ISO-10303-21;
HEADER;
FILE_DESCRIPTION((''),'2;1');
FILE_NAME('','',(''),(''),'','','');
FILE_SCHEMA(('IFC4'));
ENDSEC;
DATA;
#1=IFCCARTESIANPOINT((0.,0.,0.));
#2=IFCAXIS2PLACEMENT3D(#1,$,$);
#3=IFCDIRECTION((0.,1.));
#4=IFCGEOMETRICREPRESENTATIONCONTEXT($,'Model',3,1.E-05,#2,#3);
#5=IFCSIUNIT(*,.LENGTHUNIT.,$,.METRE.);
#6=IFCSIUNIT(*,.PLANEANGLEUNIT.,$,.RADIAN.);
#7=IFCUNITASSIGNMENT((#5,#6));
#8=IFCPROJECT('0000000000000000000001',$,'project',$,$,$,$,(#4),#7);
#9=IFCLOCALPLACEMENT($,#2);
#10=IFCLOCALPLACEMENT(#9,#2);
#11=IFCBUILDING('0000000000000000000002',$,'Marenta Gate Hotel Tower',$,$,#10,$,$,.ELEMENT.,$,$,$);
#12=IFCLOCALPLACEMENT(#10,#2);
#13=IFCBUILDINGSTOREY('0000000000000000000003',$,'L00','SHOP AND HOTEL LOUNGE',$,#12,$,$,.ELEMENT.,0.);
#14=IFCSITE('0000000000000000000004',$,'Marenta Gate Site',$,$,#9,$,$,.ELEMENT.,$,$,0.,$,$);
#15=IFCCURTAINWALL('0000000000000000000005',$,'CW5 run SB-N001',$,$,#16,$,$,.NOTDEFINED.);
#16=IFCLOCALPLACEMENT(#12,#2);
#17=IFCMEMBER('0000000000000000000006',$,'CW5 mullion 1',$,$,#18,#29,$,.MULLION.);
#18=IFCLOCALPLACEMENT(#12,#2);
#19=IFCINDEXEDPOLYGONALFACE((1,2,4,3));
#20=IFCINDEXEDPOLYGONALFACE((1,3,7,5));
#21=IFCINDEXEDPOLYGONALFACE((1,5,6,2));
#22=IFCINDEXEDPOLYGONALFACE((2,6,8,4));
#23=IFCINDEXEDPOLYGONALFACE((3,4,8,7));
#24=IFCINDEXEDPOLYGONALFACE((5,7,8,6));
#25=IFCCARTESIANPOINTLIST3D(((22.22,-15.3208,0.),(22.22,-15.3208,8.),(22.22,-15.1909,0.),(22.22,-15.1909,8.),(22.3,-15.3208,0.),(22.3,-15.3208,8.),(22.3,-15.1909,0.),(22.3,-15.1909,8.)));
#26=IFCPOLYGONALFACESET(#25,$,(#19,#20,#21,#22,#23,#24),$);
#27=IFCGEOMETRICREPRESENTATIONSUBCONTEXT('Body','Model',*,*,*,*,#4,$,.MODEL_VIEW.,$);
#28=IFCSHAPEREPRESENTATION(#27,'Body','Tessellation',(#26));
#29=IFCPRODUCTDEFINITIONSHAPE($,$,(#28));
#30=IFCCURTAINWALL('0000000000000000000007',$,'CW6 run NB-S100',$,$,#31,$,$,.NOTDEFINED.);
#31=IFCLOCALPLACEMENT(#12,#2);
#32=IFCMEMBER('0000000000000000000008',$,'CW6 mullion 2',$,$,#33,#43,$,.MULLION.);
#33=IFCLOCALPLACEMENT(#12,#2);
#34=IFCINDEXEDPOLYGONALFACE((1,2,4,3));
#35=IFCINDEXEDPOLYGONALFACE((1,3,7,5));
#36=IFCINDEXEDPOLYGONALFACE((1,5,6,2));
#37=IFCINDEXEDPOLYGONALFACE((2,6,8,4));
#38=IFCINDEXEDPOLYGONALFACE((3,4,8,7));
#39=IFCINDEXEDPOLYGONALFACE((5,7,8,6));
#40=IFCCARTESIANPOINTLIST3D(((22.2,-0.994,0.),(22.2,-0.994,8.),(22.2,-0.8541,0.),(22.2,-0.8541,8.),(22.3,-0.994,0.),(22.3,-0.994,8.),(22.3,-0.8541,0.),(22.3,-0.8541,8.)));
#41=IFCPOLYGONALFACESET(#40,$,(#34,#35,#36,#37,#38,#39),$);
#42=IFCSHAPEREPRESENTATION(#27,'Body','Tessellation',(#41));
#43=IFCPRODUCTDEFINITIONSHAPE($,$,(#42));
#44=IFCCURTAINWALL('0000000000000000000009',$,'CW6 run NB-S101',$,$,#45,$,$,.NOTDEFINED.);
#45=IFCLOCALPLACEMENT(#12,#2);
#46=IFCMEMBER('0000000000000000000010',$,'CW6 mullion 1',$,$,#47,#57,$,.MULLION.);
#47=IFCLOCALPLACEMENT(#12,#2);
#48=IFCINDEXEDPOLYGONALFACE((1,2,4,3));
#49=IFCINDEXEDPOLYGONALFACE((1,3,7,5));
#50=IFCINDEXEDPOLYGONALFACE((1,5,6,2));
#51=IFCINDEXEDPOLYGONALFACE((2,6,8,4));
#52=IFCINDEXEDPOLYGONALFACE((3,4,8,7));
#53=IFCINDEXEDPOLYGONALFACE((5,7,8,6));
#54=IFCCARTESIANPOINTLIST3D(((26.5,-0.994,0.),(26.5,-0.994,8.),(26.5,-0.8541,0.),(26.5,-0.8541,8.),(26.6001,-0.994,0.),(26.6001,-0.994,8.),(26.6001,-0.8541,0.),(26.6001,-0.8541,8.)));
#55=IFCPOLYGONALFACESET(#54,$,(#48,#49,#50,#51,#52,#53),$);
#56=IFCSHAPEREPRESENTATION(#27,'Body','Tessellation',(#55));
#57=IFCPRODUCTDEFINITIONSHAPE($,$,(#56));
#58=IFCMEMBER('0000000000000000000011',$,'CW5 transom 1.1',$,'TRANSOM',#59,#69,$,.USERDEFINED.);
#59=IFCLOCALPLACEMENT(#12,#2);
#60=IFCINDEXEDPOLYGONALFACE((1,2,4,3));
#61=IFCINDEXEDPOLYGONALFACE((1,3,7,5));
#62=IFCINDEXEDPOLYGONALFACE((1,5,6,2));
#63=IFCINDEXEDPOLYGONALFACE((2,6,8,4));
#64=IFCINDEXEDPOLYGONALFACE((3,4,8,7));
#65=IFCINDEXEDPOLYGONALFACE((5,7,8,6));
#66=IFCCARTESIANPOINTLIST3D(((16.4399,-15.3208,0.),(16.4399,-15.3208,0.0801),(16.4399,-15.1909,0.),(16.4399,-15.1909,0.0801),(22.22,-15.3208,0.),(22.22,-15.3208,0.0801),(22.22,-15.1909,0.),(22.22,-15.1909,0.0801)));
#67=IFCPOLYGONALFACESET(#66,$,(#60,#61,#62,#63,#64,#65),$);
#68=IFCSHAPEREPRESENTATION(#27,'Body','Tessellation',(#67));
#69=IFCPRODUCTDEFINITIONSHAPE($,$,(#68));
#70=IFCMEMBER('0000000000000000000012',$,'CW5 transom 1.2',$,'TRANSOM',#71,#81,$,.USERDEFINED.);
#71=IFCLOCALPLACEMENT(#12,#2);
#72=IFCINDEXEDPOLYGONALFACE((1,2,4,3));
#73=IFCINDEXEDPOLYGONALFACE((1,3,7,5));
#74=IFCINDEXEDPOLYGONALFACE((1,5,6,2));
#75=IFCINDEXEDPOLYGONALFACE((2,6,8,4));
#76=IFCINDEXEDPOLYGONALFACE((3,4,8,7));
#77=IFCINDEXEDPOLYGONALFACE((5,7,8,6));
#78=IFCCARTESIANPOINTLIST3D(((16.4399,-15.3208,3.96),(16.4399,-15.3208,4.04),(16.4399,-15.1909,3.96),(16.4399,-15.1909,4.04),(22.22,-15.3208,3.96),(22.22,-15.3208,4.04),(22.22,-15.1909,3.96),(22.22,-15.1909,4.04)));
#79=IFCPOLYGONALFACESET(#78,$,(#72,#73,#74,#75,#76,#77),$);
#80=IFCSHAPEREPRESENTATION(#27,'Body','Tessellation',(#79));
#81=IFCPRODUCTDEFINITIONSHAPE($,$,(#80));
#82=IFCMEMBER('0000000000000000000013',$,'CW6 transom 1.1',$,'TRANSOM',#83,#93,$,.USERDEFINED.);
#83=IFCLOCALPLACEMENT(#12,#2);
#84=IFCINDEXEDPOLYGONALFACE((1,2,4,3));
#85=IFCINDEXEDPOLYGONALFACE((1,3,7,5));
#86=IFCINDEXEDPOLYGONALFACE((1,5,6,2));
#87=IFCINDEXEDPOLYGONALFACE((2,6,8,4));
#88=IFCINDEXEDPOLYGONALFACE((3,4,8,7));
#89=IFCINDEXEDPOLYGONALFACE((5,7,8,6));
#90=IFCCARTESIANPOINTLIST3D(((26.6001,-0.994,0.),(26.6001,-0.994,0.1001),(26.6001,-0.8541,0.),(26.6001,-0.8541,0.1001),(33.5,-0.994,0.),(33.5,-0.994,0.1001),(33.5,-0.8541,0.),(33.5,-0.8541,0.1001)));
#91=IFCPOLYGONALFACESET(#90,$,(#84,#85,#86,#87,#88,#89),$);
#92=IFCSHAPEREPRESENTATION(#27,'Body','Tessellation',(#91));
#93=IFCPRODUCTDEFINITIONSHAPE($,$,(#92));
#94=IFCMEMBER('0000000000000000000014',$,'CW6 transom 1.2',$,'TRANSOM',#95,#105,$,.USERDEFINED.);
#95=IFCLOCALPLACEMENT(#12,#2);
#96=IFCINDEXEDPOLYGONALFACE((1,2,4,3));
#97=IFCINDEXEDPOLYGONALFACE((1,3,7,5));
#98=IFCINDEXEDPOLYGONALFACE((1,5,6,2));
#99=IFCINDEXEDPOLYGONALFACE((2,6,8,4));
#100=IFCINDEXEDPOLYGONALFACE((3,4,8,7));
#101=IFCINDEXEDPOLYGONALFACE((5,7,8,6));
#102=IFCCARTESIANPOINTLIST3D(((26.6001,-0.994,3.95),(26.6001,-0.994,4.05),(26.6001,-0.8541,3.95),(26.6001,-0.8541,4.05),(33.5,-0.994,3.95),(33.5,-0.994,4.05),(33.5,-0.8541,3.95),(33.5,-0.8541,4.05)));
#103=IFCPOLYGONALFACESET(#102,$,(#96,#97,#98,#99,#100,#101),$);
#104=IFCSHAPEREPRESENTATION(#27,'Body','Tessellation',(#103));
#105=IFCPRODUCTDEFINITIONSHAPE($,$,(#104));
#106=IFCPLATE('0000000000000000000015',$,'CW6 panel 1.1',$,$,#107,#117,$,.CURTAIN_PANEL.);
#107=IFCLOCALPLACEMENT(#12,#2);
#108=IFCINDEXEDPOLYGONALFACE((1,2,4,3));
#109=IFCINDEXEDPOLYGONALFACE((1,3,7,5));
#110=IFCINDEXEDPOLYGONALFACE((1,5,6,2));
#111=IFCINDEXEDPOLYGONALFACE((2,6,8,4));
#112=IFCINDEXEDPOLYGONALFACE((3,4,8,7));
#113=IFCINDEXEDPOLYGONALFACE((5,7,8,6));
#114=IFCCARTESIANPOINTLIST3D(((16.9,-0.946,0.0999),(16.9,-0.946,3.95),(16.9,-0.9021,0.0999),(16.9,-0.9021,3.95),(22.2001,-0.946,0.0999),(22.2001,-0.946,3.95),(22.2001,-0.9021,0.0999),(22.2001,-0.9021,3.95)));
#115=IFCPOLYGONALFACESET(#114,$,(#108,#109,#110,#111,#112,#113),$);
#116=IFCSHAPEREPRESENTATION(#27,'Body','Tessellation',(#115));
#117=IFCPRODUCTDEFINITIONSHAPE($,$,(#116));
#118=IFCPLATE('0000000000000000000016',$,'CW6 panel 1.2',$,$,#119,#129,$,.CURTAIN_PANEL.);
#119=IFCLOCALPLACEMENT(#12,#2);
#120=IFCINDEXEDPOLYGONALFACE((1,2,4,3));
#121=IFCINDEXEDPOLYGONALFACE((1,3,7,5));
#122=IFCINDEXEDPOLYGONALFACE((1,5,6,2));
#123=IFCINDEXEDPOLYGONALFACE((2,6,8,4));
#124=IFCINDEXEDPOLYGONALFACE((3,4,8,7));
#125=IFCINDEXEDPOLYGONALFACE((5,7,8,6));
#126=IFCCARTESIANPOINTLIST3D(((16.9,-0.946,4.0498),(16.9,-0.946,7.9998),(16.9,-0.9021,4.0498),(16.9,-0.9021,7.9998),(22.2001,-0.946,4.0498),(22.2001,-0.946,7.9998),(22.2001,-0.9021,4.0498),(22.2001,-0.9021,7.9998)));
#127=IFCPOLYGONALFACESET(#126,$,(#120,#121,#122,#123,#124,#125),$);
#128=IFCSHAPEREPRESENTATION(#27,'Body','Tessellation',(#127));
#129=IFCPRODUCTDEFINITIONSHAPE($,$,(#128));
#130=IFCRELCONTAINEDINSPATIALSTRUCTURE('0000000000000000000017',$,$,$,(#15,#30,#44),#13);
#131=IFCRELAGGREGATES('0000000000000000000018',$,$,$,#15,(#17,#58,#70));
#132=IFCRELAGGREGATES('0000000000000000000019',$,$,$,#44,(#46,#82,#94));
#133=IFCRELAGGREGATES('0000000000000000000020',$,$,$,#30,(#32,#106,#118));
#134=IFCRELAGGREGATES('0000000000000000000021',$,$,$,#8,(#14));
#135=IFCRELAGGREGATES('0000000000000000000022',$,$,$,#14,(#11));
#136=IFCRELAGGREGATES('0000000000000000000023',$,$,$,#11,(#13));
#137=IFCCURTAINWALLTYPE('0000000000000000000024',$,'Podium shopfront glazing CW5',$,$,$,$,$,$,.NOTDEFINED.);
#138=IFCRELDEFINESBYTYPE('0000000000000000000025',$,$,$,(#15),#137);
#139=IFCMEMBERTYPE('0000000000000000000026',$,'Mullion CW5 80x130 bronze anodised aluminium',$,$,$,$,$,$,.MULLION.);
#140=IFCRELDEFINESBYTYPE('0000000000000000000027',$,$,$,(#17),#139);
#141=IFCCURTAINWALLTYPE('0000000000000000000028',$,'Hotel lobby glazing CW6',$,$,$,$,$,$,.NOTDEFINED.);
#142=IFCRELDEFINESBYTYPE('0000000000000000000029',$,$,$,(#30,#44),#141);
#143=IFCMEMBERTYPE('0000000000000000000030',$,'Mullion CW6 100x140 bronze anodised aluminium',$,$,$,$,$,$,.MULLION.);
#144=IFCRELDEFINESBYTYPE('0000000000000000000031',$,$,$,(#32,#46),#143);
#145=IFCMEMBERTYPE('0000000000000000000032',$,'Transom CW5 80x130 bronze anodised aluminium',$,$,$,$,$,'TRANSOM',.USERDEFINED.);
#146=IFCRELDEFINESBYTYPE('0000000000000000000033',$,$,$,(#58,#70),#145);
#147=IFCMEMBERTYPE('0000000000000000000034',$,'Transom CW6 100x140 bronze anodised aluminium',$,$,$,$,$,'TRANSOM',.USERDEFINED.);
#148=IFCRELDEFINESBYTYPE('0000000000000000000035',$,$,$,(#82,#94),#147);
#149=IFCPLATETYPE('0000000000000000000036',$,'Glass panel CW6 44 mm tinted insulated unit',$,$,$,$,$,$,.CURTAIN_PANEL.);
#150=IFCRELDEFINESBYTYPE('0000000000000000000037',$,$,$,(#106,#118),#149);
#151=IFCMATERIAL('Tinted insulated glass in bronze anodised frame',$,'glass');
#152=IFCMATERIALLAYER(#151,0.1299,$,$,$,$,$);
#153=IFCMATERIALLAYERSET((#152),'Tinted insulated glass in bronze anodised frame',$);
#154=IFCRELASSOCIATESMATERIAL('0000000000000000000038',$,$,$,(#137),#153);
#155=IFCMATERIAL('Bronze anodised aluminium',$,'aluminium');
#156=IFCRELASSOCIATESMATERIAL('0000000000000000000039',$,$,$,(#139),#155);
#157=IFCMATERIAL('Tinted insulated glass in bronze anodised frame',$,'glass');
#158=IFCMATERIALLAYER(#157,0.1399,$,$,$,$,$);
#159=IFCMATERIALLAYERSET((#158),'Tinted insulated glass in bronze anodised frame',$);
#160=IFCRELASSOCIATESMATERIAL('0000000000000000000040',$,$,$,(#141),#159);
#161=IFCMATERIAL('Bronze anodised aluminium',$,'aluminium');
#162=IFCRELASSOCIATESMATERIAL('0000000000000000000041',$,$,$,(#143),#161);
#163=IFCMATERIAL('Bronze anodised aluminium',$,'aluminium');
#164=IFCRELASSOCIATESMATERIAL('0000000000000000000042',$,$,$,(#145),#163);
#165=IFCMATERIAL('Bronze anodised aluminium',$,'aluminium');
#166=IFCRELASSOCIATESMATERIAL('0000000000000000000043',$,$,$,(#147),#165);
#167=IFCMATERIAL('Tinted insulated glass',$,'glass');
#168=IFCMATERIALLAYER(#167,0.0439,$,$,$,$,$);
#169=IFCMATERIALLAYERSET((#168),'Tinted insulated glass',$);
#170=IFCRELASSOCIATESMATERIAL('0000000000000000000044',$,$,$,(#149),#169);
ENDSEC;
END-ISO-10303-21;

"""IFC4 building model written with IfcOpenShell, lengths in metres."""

from ifc_helpers import new_model, si_unit, direction, frame, origin, origin_2d, place, context, subcontext, project, spatial, rectangle, extrude, material, layer, layer_set, material_profile, profile_set, type_object, element, aggregate, save


model = new_model("IFC4")

# Units and contexts
model_context = context("Model", 3, precision=1e-05, world=origin(), true_north=direction((0.0, 1.0)))
body_context = subcontext(model_context, "Body", "Model", "MODEL_VIEW")
ifc_project = project(units=[si_unit("LENGTHUNIT", "METRE"), si_unit("PLANEANGLEUNIT", "RADIAN")], contexts=[model_context])

# Site, building, storey
site_placement = place(None, origin())
site = spatial("IfcSite", under=ifc_project, at=site_placement, Name="Marenta Gate Site", CompositionType="ELEMENT", RefElevation=0.0)
building_placement = place(site_placement, origin())
building = spatial("IfcBuilding", under=site, at=building_placement, Name="Marenta Gate Hotel Tower", CompositionType="ELEMENT")
storey_placement = place(building_placement, origin())
storey = spatial("IfcBuildingStorey", under=building, at=storey_placement, Name="L00", Description="SHOP AND HOTEL LOUNGE", CompositionType="ELEMENT", Elevation=0.0)

# Curtain walls, members
ifc_material_1 = material(Name="Tinted insulated glass in bronze anodised frame", Category="glass")
ifc_layer_1 = layer(ifc_material_1, 0.1299)
ifc_layer_set_1 = layer_set([ifc_layer_1], Name="Tinted insulated glass in bronze anodised frame")
curtain_wall_type_1 = type_object("IfcCurtainWallType", Name="Podium shopfront glazing CW5", PredefinedType="NOTDEFINED", material=ifc_layer_set_1)
ifc_material_2 = material(Name="Bronze anodised aluminium", Category="aluminium")
ifc_material_profile_1 = material_profile(ifc_material_2, rectangle(XDim=0.1299, YDim=0.0801, at=origin_2d()), Name="Mullion CW5 80x130 bronze anodised aluminium")
ifc_profile_set_1 = profile_set([ifc_material_profile_1], Name="Bronze anodised aluminium")
member_type_1 = type_object("IfcMemberType", Name="Mullion CW5 80x130 bronze anodised aluminium", PredefinedType="MULLION", material=ifc_profile_set_1)
curtain_wall_1_placement = place(storey_placement, origin())
curtain_wall_1 = element("IfcCurtainWall", 1, at=curtain_wall_1_placement, inside=storey, type_object=curtain_wall_type_1, Name="CW5 run SB-N001", PredefinedType="NOTDEFINED")
member_1_placement = place(storey_placement, frame((22.26, -15.2559, 0.0), z_axis=(0.0, 0.0, 1.0), x_axis=(0.0, -1.0, 0.0)))
member_1 = element("IfcMember", 2, at=member_1_placement, type_object=member_type_1, Name="CW5 mullion 1", PredefinedType="MULLION", context=body_context, shape_type="SweptSolid", body=[
    extrude(rectangle(XDim=0.1299, YDim=0.0801, at=origin_2d()), origin(), (0.0, 0.0, 1.0), 8.0),
])
ifc_material_3 = material(Name="Tinted insulated glass in bronze anodised frame", Category="glass")
ifc_layer_2 = layer(ifc_material_3, 0.1399)
ifc_layer_set_2 = layer_set([ifc_layer_2], Name="Tinted insulated glass in bronze anodised frame")
curtain_wall_type_2 = type_object("IfcCurtainWallType", Name="Hotel lobby glazing CW6", PredefinedType="NOTDEFINED", material=ifc_layer_set_2)
curtain_wall_2_placement = place(storey_placement, origin())
curtain_wall_2 = element("IfcCurtainWall", 3, at=curtain_wall_2_placement, inside=storey, type_object=curtain_wall_type_2, Name="CW6 run NB-S100", PredefinedType="NOTDEFINED")
ifc_material_4 = material(Name="Bronze anodised aluminium", Category="aluminium")
ifc_material_profile_2 = material_profile(ifc_material_4, rectangle(XDim=0.1399, YDim=0.1001, at=origin_2d()), Name="Mullion CW6 100x140 bronze anodised aluminium")
ifc_profile_set_2 = profile_set([ifc_material_profile_2], Name="Bronze anodised aluminium")
member_type_2 = type_object("IfcMemberType", Name="Mullion CW6 100x140 bronze anodised aluminium", PredefinedType="MULLION", material=ifc_profile_set_2)
member_2_placement = place(storey_placement, frame((22.25, -0.9241, 0.0), z_axis=(0.0, 0.0, 1.0), x_axis=(0.0, 1.0, 0.0)))
member_2 = element("IfcMember", 4, at=member_2_placement, type_object=member_type_2, Name="CW6 mullion 2", PredefinedType="MULLION", context=body_context, shape_type="SweptSolid", body=[
    extrude(rectangle(XDim=0.1399, YDim=0.1001, at=origin_2d()), origin(), (0.0, 0.0, 1.0), 8.0),
])
curtain_wall_3_placement = place(storey_placement, origin())
curtain_wall_3 = element("IfcCurtainWall", 5, at=curtain_wall_3_placement, inside=storey, type_object=curtain_wall_type_2, Name="CW6 run NB-S101", PredefinedType="NOTDEFINED")
member_3_placement = place(storey_placement, frame((26.55, -0.9241, 0.0), z_axis=(0.0, 0.0, 1.0), x_axis=(0.0, 1.0, 0.0)))
member_3 = element("IfcMember", 6, at=member_3_placement, type_object=member_type_2, Name="CW6 mullion 1", PredefinedType="MULLION", context=body_context, shape_type="SweptSolid", body=[
    extrude(rectangle(XDim=0.1399, YDim=0.1001, at=origin_2d()), origin(), (0.0, 0.0, 1.0), 8.0),
])

# Members
ifc_material_5 = material(Name="Bronze anodised aluminium", Category="aluminium")
ifc_material_profile_3 = material_profile(ifc_material_5, rectangle(XDim=0.1299, YDim=0.0801, at=origin_2d()), Name="Transom CW5 80x130 bronze anodised aluminium")
ifc_profile_set_3 = profile_set([ifc_material_profile_3], Name="Bronze anodised aluminium")
member_type_3 = type_object("IfcMemberType", Name="Transom CW5 80x130 bronze anodised aluminium", ElementType="TRANSOM", PredefinedType="USERDEFINED", material=ifc_profile_set_3)
member_4_placement = place(storey_placement, frame((22.22, -15.2559, 0.04), z_axis=(-1.0, 0.0, 0.0), x_axis=(0.0, -1.0, 0.0)))
member_4 = element("IfcMember", 7, at=member_4_placement, type_object=member_type_3, Name="CW5 transom 1.1", ObjectType="TRANSOM", PredefinedType="USERDEFINED", context=body_context, shape_type="SweptSolid", body=[
    extrude(rectangle(XDim=0.1299, YDim=0.0801, at=origin_2d()), origin(), (0.0, 0.0, 1.0), 5.78),
])
member_5_placement = place(storey_placement, frame((22.22, -15.2559, 4.0), z_axis=(-1.0, 0.0, 0.0), x_axis=(0.0, -1.0, 0.0)))
member_5 = element("IfcMember", 8, at=member_5_placement, type_object=member_type_3, Name="CW5 transom 1.2", ObjectType="TRANSOM", PredefinedType="USERDEFINED", context=body_context, shape_type="SweptSolid", body=[
    extrude(rectangle(XDim=0.1299, YDim=0.0801, at=origin_2d()), origin(), (0.0, 0.0, 1.0), 5.78),
])
aggregate(curtain_wall_1, [member_1, member_4, member_5])
ifc_material_6 = material(Name="Bronze anodised aluminium", Category="aluminium")
ifc_material_profile_4 = material_profile(ifc_material_6, rectangle(XDim=0.1399, YDim=0.1001, at=origin_2d()), Name="Transom CW6 100x140 bronze anodised aluminium")
ifc_profile_set_4 = profile_set([ifc_material_profile_4], Name="Bronze anodised aluminium")
member_type_4 = type_object("IfcMemberType", Name="Transom CW6 100x140 bronze anodised aluminium", ElementType="TRANSOM", PredefinedType="USERDEFINED", material=ifc_profile_set_4)
member_6_placement = place(storey_placement, frame((26.6001, -0.9241, 0.05), z_axis=(1.0, 0.0, 0.0), x_axis=(0.0, 1.0, 0.0)))
member_6 = element("IfcMember", 9, at=member_6_placement, type_object=member_type_4, Name="CW6 transom 1.1", ObjectType="TRANSOM", PredefinedType="USERDEFINED", context=body_context, shape_type="SweptSolid", body=[
    extrude(rectangle(XDim=0.1399, YDim=0.1001, at=origin_2d()), origin(), (0.0, 0.0, 1.0), 6.8999),
])
member_7_placement = place(storey_placement, frame((26.6001, -0.9241, 4.0), z_axis=(1.0, 0.0, 0.0), x_axis=(0.0, 1.0, 0.0)))
member_7 = element("IfcMember", 10, at=member_7_placement, type_object=member_type_4, Name="CW6 transom 1.2", ObjectType="TRANSOM", PredefinedType="USERDEFINED", context=body_context, shape_type="SweptSolid", body=[
    extrude(rectangle(XDim=0.1399, YDim=0.1001, at=origin_2d()), origin(), (0.0, 0.0, 1.0), 6.8999),
])
aggregate(curtain_wall_3, [member_3, member_6, member_7])

# Plates
ifc_material_7 = material(Name="Tinted insulated glass", Category="glass")
ifc_layer_3 = layer(ifc_material_7, 0.0439)
ifc_layer_set_3 = layer_set([ifc_layer_3], Name="Tinted insulated glass")
plate_type = type_object("IfcPlateType", Name="Glass panel CW6 44 mm tinted insulated unit", PredefinedType="CURTAIN_PANEL", material=ifc_layer_set_3)
plate_1_placement = place(storey_placement, frame((19.55, -0.9241, 0.0999), z_axis=(0.0, 0.0, 1.0), x_axis=(1.0, 0.0, 0.0)))
plate_1 = element("IfcPlate", 11, at=plate_1_placement, type_object=plate_type, Name="CW6 panel 1.1", PredefinedType="CURTAIN_PANEL", context=body_context, shape_type="SweptSolid", body=[
    extrude(rectangle(XDim=5.3, YDim=0.0439, at=origin_2d()), origin(), (0.0, 0.0, 1.0), 3.8501),
])
plate_2_placement = place(storey_placement, frame((19.55, -0.9241, 4.0498), z_axis=(0.0, 0.0, 1.0), x_axis=(1.0, 0.0, 0.0)))
plate_2 = element("IfcPlate", 12, at=plate_2_placement, type_object=plate_type, Name="CW6 panel 1.2", PredefinedType="CURTAIN_PANEL", context=body_context, shape_type="SweptSolid", body=[
    extrude(rectangle(XDim=5.3, YDim=0.0439, at=origin_2d()), origin(), (0.0, 0.0, 1.0), 3.95),
])
aggregate(curtain_wall_2, [member_2, plate_1, plate_2])

save(model, "model.ifc")
